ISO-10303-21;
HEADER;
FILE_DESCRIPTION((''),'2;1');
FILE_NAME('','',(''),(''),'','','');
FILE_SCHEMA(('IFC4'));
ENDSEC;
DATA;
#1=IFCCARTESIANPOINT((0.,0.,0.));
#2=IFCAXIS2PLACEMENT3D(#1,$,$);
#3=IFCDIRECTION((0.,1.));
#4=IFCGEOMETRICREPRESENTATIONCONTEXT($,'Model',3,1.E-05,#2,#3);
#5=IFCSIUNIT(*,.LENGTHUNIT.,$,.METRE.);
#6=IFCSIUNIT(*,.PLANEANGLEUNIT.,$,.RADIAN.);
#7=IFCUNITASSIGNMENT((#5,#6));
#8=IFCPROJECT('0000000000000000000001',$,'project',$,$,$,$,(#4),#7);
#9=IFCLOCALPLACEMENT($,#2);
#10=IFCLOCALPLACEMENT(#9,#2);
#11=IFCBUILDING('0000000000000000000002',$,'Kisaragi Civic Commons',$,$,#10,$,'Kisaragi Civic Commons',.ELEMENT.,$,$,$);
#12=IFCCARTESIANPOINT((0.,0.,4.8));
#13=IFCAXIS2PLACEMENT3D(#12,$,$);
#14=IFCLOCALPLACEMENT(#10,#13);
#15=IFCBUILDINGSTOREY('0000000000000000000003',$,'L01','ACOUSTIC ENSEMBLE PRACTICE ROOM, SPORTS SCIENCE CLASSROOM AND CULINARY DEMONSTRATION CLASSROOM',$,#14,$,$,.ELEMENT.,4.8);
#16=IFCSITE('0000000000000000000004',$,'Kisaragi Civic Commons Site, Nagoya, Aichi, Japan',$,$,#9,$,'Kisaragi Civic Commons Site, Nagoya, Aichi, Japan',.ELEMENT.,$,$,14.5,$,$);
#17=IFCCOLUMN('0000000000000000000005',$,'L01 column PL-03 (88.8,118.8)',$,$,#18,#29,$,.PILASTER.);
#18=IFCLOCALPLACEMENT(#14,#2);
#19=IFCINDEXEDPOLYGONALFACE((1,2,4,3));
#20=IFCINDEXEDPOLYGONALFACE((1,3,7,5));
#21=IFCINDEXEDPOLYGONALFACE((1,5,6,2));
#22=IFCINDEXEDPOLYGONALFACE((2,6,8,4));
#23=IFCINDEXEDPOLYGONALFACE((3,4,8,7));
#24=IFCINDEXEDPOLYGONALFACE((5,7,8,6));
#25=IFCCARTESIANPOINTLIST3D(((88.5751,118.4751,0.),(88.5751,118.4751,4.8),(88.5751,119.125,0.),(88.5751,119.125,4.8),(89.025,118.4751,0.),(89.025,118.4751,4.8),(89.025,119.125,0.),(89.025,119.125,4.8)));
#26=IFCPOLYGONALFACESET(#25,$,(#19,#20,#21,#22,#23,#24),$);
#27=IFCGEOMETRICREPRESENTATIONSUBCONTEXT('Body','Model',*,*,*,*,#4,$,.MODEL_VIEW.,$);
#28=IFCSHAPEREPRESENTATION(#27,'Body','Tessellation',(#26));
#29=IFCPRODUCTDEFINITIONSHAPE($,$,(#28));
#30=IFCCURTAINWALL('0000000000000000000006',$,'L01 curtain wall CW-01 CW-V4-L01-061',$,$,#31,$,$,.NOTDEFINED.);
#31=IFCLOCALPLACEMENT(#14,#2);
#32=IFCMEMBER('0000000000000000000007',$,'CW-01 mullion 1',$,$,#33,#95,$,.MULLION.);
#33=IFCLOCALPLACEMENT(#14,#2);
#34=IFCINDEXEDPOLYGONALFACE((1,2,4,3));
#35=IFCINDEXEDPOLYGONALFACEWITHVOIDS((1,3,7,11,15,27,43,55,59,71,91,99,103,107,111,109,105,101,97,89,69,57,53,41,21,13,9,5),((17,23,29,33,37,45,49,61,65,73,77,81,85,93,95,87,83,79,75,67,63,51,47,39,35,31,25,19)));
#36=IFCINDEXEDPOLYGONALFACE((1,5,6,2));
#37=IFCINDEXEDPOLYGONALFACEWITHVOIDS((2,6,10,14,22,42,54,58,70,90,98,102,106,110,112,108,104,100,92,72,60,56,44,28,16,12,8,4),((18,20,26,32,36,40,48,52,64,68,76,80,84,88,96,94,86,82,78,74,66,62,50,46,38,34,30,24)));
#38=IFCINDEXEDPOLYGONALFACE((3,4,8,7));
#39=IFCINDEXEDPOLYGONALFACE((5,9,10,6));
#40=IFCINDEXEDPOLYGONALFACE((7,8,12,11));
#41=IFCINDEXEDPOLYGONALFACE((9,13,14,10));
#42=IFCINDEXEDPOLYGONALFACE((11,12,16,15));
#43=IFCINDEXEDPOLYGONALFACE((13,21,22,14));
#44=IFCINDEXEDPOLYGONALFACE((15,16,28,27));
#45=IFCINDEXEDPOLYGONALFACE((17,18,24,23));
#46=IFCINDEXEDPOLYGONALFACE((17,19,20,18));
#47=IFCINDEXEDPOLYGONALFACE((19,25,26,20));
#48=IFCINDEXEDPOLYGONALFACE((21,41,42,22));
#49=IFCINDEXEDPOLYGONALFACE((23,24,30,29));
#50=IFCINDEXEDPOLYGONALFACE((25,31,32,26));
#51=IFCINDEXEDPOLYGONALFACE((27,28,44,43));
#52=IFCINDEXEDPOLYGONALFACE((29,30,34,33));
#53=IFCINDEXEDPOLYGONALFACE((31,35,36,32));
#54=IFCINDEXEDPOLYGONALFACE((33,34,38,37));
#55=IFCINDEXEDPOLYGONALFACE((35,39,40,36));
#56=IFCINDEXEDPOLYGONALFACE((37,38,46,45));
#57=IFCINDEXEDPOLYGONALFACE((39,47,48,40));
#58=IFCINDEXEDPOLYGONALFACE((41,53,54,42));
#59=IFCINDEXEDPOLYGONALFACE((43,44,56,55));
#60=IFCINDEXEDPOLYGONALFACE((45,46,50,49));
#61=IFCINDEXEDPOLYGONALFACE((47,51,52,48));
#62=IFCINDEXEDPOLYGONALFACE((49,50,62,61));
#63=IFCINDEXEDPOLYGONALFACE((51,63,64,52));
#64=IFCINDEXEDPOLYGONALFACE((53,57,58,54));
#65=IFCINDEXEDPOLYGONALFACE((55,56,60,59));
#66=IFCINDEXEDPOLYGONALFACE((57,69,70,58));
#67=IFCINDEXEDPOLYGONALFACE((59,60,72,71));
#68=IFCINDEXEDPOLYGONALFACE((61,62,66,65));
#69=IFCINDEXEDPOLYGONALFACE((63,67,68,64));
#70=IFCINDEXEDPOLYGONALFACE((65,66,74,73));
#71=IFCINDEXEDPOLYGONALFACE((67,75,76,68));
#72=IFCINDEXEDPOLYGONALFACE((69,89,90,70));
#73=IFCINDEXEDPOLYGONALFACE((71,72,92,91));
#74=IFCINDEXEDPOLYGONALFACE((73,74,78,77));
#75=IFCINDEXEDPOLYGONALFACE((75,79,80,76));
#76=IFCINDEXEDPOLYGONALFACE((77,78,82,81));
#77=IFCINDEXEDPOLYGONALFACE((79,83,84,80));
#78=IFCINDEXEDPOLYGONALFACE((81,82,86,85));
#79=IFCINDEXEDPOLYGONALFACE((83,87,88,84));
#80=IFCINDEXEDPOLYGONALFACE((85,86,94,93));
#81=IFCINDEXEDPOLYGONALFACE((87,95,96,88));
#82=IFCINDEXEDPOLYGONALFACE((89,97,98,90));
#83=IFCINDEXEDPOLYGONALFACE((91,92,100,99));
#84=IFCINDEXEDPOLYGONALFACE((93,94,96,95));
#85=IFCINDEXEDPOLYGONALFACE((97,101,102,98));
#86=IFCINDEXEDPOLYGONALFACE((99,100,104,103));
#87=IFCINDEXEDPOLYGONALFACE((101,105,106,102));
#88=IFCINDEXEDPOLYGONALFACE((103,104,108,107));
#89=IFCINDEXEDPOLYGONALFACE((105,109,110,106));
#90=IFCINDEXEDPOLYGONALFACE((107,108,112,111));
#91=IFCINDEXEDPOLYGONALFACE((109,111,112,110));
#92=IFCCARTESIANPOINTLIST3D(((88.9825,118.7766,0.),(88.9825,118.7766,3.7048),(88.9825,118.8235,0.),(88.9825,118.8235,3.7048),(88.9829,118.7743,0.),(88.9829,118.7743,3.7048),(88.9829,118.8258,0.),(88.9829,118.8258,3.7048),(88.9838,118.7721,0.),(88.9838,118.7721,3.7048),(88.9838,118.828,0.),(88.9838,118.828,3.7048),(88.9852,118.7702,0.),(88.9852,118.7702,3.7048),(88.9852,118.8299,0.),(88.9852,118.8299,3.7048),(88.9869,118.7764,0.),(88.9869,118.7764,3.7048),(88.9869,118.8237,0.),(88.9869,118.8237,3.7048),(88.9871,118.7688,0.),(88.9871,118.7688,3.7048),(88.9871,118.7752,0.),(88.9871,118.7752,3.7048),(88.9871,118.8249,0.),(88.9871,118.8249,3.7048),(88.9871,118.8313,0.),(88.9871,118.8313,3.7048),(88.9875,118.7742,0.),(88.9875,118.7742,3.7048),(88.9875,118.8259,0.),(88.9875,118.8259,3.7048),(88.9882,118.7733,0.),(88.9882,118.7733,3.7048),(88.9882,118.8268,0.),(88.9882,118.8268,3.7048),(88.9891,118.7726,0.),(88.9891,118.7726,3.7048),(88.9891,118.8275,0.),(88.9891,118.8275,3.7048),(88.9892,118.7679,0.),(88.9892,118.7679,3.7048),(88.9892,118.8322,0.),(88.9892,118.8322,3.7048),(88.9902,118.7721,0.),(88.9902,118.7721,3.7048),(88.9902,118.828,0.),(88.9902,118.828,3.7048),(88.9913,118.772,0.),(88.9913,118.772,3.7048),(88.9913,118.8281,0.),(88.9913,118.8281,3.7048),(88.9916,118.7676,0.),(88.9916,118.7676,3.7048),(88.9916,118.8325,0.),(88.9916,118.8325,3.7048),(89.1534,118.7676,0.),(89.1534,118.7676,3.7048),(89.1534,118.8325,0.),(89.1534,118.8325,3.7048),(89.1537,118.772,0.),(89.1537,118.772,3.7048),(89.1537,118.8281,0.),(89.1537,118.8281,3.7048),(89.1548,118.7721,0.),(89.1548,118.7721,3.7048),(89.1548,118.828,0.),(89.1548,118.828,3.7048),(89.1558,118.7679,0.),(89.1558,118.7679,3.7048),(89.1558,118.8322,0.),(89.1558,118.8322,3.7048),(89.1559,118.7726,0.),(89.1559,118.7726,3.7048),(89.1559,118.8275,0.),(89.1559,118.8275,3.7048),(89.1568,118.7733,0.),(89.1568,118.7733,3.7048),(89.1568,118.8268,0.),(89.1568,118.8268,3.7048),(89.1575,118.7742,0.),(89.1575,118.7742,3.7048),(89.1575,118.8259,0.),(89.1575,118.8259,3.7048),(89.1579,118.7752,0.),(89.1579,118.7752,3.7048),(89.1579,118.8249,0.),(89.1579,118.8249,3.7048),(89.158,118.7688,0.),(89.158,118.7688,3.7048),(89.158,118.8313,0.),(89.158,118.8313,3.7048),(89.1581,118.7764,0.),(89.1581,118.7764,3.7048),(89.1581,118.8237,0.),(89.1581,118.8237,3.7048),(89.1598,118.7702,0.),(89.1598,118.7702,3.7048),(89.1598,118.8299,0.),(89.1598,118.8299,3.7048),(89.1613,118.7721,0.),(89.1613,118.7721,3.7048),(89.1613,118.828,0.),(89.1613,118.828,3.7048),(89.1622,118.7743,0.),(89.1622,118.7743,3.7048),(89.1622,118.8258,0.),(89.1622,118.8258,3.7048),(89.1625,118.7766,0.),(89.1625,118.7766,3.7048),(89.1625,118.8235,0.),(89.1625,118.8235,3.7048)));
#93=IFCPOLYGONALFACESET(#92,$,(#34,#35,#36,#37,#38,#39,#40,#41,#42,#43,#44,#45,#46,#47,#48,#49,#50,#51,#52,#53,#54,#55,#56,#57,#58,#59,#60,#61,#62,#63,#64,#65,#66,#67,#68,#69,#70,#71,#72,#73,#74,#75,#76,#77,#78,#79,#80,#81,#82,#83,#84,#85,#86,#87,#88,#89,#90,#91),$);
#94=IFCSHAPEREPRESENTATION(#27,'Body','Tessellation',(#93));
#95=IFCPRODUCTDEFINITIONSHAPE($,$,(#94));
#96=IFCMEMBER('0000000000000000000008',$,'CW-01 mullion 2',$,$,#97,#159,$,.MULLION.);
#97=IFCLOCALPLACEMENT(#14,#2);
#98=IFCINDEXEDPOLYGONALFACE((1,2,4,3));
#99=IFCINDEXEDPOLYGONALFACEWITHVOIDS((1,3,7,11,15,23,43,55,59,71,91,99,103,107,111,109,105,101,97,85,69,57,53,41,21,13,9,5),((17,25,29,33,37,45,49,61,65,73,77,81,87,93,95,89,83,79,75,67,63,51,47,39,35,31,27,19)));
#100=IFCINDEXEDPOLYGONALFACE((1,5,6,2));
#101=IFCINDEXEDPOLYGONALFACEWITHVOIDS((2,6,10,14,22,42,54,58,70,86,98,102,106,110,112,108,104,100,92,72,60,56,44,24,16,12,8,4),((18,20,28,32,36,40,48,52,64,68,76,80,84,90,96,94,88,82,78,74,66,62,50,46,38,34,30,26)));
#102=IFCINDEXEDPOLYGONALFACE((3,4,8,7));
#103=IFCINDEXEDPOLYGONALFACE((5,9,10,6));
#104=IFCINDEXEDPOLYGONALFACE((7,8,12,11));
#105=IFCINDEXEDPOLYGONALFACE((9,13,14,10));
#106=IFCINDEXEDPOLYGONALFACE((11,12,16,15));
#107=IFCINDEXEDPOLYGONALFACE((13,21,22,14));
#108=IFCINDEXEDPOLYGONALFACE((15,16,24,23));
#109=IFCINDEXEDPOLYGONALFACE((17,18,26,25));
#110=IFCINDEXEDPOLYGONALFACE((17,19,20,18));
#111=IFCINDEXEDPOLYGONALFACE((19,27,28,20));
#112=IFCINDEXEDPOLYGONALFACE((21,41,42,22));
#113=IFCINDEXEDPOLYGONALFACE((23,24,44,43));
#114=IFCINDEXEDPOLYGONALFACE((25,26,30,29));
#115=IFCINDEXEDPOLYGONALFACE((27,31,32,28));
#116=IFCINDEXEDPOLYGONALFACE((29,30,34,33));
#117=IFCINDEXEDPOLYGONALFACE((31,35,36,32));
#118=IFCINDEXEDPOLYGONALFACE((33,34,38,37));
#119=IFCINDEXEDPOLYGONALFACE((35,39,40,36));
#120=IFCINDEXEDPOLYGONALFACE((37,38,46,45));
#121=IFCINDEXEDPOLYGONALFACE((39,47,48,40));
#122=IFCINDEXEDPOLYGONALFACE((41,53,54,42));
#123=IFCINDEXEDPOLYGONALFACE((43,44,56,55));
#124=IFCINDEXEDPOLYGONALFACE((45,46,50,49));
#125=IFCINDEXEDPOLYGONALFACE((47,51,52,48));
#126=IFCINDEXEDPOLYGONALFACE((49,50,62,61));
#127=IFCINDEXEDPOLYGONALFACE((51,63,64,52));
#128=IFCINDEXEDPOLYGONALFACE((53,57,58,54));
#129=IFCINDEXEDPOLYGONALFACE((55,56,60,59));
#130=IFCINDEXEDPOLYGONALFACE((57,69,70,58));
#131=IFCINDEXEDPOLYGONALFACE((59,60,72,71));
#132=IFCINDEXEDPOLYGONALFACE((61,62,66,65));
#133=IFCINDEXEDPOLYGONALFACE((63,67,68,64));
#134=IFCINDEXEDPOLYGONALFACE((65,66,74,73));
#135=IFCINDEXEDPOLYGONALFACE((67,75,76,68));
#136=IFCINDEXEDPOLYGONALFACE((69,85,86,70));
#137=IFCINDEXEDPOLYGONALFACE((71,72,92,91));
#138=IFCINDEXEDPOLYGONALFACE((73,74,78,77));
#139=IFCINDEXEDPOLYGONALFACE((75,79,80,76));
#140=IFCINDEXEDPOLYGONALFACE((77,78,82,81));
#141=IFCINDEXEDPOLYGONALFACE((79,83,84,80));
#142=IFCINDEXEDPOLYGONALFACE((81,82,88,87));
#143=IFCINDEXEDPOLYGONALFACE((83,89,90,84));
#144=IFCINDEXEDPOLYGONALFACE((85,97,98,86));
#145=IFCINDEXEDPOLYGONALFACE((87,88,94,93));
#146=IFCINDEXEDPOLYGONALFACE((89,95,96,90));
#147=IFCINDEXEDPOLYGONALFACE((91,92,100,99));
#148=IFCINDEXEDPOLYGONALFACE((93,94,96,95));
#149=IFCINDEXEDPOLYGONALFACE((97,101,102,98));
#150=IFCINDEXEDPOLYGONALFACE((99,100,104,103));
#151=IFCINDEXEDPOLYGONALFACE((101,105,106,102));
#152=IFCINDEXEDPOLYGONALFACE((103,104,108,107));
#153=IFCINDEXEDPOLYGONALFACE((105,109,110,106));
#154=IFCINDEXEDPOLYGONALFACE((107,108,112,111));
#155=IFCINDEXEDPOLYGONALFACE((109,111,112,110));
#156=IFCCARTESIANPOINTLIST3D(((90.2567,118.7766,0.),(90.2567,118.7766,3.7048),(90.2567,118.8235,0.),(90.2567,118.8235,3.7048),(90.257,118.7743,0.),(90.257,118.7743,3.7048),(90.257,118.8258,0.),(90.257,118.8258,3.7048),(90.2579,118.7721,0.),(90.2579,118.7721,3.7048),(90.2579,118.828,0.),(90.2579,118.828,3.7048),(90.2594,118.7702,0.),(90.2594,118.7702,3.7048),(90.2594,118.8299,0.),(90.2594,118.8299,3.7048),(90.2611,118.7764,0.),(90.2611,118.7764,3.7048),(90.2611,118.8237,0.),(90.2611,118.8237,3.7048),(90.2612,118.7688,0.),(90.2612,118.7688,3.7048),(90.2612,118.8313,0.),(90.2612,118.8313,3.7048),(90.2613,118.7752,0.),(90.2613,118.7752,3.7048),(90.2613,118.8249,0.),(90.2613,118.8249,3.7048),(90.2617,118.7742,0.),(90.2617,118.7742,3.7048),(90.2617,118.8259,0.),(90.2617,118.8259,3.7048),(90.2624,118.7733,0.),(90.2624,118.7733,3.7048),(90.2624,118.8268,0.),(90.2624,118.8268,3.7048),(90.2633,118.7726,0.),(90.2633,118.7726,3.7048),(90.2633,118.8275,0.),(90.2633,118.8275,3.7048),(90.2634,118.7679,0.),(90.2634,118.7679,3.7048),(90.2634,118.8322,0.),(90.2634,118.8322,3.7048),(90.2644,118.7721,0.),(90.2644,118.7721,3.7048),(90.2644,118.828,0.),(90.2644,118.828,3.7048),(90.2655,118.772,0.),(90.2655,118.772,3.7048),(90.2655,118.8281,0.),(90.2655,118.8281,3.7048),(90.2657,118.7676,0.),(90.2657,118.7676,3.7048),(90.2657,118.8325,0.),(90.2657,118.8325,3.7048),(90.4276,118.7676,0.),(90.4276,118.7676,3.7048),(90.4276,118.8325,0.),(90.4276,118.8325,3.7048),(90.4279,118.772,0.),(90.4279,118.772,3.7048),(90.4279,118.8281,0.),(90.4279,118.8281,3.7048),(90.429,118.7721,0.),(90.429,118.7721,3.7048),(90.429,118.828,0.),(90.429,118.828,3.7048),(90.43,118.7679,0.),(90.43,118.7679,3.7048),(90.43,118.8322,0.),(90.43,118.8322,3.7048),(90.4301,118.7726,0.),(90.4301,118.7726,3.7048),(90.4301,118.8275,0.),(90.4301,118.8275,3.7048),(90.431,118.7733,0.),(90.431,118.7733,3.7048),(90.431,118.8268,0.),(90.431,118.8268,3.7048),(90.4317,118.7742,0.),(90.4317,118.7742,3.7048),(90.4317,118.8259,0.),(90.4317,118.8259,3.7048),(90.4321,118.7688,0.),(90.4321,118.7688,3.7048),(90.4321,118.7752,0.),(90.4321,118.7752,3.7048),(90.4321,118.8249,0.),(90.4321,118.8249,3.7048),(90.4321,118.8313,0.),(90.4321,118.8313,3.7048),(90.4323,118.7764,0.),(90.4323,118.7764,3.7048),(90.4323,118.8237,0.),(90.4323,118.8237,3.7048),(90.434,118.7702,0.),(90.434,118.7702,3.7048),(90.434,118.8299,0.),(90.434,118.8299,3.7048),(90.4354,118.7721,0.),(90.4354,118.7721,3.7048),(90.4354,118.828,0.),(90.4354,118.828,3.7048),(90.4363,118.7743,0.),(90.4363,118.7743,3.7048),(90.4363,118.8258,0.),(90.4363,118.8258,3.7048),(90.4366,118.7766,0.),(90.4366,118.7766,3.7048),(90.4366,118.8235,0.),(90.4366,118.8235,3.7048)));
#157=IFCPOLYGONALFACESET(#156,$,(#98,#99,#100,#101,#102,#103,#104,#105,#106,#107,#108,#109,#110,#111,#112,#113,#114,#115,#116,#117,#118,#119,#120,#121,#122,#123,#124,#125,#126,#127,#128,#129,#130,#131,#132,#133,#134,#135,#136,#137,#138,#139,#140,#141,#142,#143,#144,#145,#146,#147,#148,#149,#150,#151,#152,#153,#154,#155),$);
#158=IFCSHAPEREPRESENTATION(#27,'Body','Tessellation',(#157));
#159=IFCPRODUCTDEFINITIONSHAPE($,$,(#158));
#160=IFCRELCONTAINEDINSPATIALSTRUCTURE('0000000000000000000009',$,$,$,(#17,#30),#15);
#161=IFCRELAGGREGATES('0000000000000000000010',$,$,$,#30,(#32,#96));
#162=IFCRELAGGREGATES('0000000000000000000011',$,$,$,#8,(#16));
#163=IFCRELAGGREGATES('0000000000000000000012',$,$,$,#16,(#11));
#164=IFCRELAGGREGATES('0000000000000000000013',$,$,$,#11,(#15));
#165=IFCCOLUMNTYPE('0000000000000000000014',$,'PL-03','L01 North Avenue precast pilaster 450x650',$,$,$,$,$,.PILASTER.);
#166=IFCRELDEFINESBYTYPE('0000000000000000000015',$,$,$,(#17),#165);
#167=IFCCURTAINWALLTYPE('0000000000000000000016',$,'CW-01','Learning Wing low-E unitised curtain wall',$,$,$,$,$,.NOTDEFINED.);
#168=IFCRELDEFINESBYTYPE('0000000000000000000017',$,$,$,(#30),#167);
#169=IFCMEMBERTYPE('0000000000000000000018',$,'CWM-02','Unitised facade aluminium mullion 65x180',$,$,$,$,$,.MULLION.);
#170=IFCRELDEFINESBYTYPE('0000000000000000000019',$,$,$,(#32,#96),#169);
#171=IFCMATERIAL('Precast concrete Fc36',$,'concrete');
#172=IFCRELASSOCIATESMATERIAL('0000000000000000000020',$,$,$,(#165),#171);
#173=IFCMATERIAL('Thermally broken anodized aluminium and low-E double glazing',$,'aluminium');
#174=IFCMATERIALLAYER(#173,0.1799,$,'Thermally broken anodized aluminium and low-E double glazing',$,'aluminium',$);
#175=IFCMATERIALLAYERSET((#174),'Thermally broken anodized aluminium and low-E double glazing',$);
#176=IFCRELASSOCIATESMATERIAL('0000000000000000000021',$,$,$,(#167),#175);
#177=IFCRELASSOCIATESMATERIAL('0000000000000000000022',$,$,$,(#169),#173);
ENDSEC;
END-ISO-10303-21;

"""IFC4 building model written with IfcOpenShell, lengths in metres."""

from ifc_helpers import new_model, si_unit, direction, frame, origin, origin_2d, place, context, subcontext, project, spatial, rectangle, hollow_rectangle, extrude, material, layer, layer_set, material_profile, profile_set, type_object, element, aggregate, save


model = new_model("IFC4")

# Units and contexts
model_context = context("Model", 3, precision=1e-05, world=origin(), true_north=direction((0.0, 1.0)))
body_context = subcontext(model_context, "Body", "Model", "MODEL_VIEW")
ifc_project = project(units=[si_unit("LENGTHUNIT", "METRE"), si_unit("PLANEANGLEUNIT", "RADIAN")], contexts=[model_context])

# Site, building, storey
site_placement = place(None, origin())
site = spatial("IfcSite", under=ifc_project, at=site_placement, Name="Kisaragi Civic Commons Site, Nagoya, Aichi, Japan", LongName="Kisaragi Civic Commons Site, Nagoya, Aichi, Japan", CompositionType="ELEMENT", RefElevation=14.5)
building_placement = place(site_placement, origin())
building = spatial("IfcBuilding", under=site, at=building_placement, Name="Kisaragi Civic Commons", LongName="Kisaragi Civic Commons", CompositionType="ELEMENT")
storey_placement = place(building_placement, frame((0.0, 0.0, 4.8)))
storey = spatial("IfcBuildingStorey", under=building, at=storey_placement, Name="L01", Description="ACOUSTIC ENSEMBLE PRACTICE ROOM, SPORTS SCIENCE CLASSROOM AND CULINARY DEMONSTRATION CLASSROOM", CompositionType="ELEMENT", Elevation=4.8)

# Column
ifc_material_1 = material(Name="Precast concrete Fc36", Category="concrete")
ifc_material_profile_1 = material_profile(ifc_material_1, rectangle(XDim=0.45, YDim=0.6499, at=origin_2d()), Name="RC-450x650", Category="concrete")
ifc_profile_set_1 = profile_set([ifc_material_profile_1], Name="Precast concrete Fc36")
column_type = type_object("IfcColumnType", Name="PL-03", Description="L01 North Avenue precast pilaster 450x650", PredefinedType="PILASTER", material=ifc_profile_set_1)
column_placement = place(storey_placement, frame((88.8, 118.8, 0.0), z_axis=(0.0, 0.0, 1.0), x_axis=(1.0, 0.0, 0.0)))
element("IfcColumn", 1, at=column_placement, inside=storey, type_object=column_type, Name="L01 column PL-03 (88.8,118.8)", PredefinedType="PILASTER", context=body_context, shape_type="SweptSolid", body=[
    extrude(rectangle(XDim=0.45, YDim=0.6499, at=origin_2d()), origin(), (0.0, 0.0, 1.0), 4.8),
])

# Curtain wall, members
ifc_material_2 = material(Name="Thermally broken anodized aluminium and low-E double glazing", Category="aluminium")
ifc_layer_1 = layer(ifc_material_2, 0.1799, Name="Thermally broken anodized aluminium and low-E double glazing", Category="aluminium")
ifc_layer_set_1 = layer_set([ifc_layer_1], Name="Thermally broken anodized aluminium and low-E double glazing")
curtain_wall_type = type_object("IfcCurtainWallType", Name="CW-01", Description="Learning Wing low-E unitised curtain wall", PredefinedType="NOTDEFINED", material=ifc_layer_set_1)
curtain_wall_placement = place(storey_placement, origin())
curtain_wall = element("IfcCurtainWall", 2, at=curtain_wall_placement, inside=storey, type_object=curtain_wall_type, Name="L01 curtain wall CW-01 CW-V4-L01-061", PredefinedType="NOTDEFINED")
ifc_material_profile_2 = material_profile(ifc_material_2, hollow_rectangle(XDim=0.0649, YDim=0.1799, WallThickness=0.0044, InnerFilletRadius=0.0044, OuterFilletRadius=0.009, at=origin_2d()), Name="CWM-65x180x4.5", Category="aluminium")
ifc_profile_set_2 = profile_set([ifc_material_profile_2], Name="Thermally broken anodized aluminium and low-E double glazing")
member_type_1 = type_object("IfcMemberType", Name="CWM-02", Description="Unitised facade aluminium mullion 65x180", PredefinedType="MULLION", material=ifc_profile_set_2)
member_1_placement = place(storey_placement, frame((89.0725, 118.8, 0.0), z_axis=(0.0, 0.0, 1.0), x_axis=(0.0, 1.0, 0.0)))
member_1 = element("IfcMember", 3, at=member_1_placement, type_object=member_type_1, Name="CW-01 mullion 1", PredefinedType="MULLION", context=body_context, shape_type="SweptSolid", body=[
    extrude(hollow_rectangle(XDim=0.0649, YDim=0.1799, WallThickness=0.0044, InnerFilletRadius=0.0044, OuterFilletRadius=0.009, at=origin_2d()), origin(), (0.0, 0.0, 1.0), 3.7048),
])
member_2_placement = place(storey_placement, frame((90.3467, 118.8, 0.0), z_axis=(0.0, 0.0, 1.0), x_axis=(0.0, 1.0, 0.0)))
member_2 = element("IfcMember", 4, at=member_2_placement, type_object=member_type_1, Name="CW-01 mullion 2", PredefinedType="MULLION", context=body_context, shape_type="SweptSolid", body=[
    extrude(hollow_rectangle(XDim=0.0649, YDim=0.1799, WallThickness=0.0044, InnerFilletRadius=0.0044, OuterFilletRadius=0.009, at=origin_2d()), origin(), (0.0, 0.0, 1.0), 3.7048),
])

aggregate(curtain_wall, [member_1, member_2])

save(model, "model.ifc")
